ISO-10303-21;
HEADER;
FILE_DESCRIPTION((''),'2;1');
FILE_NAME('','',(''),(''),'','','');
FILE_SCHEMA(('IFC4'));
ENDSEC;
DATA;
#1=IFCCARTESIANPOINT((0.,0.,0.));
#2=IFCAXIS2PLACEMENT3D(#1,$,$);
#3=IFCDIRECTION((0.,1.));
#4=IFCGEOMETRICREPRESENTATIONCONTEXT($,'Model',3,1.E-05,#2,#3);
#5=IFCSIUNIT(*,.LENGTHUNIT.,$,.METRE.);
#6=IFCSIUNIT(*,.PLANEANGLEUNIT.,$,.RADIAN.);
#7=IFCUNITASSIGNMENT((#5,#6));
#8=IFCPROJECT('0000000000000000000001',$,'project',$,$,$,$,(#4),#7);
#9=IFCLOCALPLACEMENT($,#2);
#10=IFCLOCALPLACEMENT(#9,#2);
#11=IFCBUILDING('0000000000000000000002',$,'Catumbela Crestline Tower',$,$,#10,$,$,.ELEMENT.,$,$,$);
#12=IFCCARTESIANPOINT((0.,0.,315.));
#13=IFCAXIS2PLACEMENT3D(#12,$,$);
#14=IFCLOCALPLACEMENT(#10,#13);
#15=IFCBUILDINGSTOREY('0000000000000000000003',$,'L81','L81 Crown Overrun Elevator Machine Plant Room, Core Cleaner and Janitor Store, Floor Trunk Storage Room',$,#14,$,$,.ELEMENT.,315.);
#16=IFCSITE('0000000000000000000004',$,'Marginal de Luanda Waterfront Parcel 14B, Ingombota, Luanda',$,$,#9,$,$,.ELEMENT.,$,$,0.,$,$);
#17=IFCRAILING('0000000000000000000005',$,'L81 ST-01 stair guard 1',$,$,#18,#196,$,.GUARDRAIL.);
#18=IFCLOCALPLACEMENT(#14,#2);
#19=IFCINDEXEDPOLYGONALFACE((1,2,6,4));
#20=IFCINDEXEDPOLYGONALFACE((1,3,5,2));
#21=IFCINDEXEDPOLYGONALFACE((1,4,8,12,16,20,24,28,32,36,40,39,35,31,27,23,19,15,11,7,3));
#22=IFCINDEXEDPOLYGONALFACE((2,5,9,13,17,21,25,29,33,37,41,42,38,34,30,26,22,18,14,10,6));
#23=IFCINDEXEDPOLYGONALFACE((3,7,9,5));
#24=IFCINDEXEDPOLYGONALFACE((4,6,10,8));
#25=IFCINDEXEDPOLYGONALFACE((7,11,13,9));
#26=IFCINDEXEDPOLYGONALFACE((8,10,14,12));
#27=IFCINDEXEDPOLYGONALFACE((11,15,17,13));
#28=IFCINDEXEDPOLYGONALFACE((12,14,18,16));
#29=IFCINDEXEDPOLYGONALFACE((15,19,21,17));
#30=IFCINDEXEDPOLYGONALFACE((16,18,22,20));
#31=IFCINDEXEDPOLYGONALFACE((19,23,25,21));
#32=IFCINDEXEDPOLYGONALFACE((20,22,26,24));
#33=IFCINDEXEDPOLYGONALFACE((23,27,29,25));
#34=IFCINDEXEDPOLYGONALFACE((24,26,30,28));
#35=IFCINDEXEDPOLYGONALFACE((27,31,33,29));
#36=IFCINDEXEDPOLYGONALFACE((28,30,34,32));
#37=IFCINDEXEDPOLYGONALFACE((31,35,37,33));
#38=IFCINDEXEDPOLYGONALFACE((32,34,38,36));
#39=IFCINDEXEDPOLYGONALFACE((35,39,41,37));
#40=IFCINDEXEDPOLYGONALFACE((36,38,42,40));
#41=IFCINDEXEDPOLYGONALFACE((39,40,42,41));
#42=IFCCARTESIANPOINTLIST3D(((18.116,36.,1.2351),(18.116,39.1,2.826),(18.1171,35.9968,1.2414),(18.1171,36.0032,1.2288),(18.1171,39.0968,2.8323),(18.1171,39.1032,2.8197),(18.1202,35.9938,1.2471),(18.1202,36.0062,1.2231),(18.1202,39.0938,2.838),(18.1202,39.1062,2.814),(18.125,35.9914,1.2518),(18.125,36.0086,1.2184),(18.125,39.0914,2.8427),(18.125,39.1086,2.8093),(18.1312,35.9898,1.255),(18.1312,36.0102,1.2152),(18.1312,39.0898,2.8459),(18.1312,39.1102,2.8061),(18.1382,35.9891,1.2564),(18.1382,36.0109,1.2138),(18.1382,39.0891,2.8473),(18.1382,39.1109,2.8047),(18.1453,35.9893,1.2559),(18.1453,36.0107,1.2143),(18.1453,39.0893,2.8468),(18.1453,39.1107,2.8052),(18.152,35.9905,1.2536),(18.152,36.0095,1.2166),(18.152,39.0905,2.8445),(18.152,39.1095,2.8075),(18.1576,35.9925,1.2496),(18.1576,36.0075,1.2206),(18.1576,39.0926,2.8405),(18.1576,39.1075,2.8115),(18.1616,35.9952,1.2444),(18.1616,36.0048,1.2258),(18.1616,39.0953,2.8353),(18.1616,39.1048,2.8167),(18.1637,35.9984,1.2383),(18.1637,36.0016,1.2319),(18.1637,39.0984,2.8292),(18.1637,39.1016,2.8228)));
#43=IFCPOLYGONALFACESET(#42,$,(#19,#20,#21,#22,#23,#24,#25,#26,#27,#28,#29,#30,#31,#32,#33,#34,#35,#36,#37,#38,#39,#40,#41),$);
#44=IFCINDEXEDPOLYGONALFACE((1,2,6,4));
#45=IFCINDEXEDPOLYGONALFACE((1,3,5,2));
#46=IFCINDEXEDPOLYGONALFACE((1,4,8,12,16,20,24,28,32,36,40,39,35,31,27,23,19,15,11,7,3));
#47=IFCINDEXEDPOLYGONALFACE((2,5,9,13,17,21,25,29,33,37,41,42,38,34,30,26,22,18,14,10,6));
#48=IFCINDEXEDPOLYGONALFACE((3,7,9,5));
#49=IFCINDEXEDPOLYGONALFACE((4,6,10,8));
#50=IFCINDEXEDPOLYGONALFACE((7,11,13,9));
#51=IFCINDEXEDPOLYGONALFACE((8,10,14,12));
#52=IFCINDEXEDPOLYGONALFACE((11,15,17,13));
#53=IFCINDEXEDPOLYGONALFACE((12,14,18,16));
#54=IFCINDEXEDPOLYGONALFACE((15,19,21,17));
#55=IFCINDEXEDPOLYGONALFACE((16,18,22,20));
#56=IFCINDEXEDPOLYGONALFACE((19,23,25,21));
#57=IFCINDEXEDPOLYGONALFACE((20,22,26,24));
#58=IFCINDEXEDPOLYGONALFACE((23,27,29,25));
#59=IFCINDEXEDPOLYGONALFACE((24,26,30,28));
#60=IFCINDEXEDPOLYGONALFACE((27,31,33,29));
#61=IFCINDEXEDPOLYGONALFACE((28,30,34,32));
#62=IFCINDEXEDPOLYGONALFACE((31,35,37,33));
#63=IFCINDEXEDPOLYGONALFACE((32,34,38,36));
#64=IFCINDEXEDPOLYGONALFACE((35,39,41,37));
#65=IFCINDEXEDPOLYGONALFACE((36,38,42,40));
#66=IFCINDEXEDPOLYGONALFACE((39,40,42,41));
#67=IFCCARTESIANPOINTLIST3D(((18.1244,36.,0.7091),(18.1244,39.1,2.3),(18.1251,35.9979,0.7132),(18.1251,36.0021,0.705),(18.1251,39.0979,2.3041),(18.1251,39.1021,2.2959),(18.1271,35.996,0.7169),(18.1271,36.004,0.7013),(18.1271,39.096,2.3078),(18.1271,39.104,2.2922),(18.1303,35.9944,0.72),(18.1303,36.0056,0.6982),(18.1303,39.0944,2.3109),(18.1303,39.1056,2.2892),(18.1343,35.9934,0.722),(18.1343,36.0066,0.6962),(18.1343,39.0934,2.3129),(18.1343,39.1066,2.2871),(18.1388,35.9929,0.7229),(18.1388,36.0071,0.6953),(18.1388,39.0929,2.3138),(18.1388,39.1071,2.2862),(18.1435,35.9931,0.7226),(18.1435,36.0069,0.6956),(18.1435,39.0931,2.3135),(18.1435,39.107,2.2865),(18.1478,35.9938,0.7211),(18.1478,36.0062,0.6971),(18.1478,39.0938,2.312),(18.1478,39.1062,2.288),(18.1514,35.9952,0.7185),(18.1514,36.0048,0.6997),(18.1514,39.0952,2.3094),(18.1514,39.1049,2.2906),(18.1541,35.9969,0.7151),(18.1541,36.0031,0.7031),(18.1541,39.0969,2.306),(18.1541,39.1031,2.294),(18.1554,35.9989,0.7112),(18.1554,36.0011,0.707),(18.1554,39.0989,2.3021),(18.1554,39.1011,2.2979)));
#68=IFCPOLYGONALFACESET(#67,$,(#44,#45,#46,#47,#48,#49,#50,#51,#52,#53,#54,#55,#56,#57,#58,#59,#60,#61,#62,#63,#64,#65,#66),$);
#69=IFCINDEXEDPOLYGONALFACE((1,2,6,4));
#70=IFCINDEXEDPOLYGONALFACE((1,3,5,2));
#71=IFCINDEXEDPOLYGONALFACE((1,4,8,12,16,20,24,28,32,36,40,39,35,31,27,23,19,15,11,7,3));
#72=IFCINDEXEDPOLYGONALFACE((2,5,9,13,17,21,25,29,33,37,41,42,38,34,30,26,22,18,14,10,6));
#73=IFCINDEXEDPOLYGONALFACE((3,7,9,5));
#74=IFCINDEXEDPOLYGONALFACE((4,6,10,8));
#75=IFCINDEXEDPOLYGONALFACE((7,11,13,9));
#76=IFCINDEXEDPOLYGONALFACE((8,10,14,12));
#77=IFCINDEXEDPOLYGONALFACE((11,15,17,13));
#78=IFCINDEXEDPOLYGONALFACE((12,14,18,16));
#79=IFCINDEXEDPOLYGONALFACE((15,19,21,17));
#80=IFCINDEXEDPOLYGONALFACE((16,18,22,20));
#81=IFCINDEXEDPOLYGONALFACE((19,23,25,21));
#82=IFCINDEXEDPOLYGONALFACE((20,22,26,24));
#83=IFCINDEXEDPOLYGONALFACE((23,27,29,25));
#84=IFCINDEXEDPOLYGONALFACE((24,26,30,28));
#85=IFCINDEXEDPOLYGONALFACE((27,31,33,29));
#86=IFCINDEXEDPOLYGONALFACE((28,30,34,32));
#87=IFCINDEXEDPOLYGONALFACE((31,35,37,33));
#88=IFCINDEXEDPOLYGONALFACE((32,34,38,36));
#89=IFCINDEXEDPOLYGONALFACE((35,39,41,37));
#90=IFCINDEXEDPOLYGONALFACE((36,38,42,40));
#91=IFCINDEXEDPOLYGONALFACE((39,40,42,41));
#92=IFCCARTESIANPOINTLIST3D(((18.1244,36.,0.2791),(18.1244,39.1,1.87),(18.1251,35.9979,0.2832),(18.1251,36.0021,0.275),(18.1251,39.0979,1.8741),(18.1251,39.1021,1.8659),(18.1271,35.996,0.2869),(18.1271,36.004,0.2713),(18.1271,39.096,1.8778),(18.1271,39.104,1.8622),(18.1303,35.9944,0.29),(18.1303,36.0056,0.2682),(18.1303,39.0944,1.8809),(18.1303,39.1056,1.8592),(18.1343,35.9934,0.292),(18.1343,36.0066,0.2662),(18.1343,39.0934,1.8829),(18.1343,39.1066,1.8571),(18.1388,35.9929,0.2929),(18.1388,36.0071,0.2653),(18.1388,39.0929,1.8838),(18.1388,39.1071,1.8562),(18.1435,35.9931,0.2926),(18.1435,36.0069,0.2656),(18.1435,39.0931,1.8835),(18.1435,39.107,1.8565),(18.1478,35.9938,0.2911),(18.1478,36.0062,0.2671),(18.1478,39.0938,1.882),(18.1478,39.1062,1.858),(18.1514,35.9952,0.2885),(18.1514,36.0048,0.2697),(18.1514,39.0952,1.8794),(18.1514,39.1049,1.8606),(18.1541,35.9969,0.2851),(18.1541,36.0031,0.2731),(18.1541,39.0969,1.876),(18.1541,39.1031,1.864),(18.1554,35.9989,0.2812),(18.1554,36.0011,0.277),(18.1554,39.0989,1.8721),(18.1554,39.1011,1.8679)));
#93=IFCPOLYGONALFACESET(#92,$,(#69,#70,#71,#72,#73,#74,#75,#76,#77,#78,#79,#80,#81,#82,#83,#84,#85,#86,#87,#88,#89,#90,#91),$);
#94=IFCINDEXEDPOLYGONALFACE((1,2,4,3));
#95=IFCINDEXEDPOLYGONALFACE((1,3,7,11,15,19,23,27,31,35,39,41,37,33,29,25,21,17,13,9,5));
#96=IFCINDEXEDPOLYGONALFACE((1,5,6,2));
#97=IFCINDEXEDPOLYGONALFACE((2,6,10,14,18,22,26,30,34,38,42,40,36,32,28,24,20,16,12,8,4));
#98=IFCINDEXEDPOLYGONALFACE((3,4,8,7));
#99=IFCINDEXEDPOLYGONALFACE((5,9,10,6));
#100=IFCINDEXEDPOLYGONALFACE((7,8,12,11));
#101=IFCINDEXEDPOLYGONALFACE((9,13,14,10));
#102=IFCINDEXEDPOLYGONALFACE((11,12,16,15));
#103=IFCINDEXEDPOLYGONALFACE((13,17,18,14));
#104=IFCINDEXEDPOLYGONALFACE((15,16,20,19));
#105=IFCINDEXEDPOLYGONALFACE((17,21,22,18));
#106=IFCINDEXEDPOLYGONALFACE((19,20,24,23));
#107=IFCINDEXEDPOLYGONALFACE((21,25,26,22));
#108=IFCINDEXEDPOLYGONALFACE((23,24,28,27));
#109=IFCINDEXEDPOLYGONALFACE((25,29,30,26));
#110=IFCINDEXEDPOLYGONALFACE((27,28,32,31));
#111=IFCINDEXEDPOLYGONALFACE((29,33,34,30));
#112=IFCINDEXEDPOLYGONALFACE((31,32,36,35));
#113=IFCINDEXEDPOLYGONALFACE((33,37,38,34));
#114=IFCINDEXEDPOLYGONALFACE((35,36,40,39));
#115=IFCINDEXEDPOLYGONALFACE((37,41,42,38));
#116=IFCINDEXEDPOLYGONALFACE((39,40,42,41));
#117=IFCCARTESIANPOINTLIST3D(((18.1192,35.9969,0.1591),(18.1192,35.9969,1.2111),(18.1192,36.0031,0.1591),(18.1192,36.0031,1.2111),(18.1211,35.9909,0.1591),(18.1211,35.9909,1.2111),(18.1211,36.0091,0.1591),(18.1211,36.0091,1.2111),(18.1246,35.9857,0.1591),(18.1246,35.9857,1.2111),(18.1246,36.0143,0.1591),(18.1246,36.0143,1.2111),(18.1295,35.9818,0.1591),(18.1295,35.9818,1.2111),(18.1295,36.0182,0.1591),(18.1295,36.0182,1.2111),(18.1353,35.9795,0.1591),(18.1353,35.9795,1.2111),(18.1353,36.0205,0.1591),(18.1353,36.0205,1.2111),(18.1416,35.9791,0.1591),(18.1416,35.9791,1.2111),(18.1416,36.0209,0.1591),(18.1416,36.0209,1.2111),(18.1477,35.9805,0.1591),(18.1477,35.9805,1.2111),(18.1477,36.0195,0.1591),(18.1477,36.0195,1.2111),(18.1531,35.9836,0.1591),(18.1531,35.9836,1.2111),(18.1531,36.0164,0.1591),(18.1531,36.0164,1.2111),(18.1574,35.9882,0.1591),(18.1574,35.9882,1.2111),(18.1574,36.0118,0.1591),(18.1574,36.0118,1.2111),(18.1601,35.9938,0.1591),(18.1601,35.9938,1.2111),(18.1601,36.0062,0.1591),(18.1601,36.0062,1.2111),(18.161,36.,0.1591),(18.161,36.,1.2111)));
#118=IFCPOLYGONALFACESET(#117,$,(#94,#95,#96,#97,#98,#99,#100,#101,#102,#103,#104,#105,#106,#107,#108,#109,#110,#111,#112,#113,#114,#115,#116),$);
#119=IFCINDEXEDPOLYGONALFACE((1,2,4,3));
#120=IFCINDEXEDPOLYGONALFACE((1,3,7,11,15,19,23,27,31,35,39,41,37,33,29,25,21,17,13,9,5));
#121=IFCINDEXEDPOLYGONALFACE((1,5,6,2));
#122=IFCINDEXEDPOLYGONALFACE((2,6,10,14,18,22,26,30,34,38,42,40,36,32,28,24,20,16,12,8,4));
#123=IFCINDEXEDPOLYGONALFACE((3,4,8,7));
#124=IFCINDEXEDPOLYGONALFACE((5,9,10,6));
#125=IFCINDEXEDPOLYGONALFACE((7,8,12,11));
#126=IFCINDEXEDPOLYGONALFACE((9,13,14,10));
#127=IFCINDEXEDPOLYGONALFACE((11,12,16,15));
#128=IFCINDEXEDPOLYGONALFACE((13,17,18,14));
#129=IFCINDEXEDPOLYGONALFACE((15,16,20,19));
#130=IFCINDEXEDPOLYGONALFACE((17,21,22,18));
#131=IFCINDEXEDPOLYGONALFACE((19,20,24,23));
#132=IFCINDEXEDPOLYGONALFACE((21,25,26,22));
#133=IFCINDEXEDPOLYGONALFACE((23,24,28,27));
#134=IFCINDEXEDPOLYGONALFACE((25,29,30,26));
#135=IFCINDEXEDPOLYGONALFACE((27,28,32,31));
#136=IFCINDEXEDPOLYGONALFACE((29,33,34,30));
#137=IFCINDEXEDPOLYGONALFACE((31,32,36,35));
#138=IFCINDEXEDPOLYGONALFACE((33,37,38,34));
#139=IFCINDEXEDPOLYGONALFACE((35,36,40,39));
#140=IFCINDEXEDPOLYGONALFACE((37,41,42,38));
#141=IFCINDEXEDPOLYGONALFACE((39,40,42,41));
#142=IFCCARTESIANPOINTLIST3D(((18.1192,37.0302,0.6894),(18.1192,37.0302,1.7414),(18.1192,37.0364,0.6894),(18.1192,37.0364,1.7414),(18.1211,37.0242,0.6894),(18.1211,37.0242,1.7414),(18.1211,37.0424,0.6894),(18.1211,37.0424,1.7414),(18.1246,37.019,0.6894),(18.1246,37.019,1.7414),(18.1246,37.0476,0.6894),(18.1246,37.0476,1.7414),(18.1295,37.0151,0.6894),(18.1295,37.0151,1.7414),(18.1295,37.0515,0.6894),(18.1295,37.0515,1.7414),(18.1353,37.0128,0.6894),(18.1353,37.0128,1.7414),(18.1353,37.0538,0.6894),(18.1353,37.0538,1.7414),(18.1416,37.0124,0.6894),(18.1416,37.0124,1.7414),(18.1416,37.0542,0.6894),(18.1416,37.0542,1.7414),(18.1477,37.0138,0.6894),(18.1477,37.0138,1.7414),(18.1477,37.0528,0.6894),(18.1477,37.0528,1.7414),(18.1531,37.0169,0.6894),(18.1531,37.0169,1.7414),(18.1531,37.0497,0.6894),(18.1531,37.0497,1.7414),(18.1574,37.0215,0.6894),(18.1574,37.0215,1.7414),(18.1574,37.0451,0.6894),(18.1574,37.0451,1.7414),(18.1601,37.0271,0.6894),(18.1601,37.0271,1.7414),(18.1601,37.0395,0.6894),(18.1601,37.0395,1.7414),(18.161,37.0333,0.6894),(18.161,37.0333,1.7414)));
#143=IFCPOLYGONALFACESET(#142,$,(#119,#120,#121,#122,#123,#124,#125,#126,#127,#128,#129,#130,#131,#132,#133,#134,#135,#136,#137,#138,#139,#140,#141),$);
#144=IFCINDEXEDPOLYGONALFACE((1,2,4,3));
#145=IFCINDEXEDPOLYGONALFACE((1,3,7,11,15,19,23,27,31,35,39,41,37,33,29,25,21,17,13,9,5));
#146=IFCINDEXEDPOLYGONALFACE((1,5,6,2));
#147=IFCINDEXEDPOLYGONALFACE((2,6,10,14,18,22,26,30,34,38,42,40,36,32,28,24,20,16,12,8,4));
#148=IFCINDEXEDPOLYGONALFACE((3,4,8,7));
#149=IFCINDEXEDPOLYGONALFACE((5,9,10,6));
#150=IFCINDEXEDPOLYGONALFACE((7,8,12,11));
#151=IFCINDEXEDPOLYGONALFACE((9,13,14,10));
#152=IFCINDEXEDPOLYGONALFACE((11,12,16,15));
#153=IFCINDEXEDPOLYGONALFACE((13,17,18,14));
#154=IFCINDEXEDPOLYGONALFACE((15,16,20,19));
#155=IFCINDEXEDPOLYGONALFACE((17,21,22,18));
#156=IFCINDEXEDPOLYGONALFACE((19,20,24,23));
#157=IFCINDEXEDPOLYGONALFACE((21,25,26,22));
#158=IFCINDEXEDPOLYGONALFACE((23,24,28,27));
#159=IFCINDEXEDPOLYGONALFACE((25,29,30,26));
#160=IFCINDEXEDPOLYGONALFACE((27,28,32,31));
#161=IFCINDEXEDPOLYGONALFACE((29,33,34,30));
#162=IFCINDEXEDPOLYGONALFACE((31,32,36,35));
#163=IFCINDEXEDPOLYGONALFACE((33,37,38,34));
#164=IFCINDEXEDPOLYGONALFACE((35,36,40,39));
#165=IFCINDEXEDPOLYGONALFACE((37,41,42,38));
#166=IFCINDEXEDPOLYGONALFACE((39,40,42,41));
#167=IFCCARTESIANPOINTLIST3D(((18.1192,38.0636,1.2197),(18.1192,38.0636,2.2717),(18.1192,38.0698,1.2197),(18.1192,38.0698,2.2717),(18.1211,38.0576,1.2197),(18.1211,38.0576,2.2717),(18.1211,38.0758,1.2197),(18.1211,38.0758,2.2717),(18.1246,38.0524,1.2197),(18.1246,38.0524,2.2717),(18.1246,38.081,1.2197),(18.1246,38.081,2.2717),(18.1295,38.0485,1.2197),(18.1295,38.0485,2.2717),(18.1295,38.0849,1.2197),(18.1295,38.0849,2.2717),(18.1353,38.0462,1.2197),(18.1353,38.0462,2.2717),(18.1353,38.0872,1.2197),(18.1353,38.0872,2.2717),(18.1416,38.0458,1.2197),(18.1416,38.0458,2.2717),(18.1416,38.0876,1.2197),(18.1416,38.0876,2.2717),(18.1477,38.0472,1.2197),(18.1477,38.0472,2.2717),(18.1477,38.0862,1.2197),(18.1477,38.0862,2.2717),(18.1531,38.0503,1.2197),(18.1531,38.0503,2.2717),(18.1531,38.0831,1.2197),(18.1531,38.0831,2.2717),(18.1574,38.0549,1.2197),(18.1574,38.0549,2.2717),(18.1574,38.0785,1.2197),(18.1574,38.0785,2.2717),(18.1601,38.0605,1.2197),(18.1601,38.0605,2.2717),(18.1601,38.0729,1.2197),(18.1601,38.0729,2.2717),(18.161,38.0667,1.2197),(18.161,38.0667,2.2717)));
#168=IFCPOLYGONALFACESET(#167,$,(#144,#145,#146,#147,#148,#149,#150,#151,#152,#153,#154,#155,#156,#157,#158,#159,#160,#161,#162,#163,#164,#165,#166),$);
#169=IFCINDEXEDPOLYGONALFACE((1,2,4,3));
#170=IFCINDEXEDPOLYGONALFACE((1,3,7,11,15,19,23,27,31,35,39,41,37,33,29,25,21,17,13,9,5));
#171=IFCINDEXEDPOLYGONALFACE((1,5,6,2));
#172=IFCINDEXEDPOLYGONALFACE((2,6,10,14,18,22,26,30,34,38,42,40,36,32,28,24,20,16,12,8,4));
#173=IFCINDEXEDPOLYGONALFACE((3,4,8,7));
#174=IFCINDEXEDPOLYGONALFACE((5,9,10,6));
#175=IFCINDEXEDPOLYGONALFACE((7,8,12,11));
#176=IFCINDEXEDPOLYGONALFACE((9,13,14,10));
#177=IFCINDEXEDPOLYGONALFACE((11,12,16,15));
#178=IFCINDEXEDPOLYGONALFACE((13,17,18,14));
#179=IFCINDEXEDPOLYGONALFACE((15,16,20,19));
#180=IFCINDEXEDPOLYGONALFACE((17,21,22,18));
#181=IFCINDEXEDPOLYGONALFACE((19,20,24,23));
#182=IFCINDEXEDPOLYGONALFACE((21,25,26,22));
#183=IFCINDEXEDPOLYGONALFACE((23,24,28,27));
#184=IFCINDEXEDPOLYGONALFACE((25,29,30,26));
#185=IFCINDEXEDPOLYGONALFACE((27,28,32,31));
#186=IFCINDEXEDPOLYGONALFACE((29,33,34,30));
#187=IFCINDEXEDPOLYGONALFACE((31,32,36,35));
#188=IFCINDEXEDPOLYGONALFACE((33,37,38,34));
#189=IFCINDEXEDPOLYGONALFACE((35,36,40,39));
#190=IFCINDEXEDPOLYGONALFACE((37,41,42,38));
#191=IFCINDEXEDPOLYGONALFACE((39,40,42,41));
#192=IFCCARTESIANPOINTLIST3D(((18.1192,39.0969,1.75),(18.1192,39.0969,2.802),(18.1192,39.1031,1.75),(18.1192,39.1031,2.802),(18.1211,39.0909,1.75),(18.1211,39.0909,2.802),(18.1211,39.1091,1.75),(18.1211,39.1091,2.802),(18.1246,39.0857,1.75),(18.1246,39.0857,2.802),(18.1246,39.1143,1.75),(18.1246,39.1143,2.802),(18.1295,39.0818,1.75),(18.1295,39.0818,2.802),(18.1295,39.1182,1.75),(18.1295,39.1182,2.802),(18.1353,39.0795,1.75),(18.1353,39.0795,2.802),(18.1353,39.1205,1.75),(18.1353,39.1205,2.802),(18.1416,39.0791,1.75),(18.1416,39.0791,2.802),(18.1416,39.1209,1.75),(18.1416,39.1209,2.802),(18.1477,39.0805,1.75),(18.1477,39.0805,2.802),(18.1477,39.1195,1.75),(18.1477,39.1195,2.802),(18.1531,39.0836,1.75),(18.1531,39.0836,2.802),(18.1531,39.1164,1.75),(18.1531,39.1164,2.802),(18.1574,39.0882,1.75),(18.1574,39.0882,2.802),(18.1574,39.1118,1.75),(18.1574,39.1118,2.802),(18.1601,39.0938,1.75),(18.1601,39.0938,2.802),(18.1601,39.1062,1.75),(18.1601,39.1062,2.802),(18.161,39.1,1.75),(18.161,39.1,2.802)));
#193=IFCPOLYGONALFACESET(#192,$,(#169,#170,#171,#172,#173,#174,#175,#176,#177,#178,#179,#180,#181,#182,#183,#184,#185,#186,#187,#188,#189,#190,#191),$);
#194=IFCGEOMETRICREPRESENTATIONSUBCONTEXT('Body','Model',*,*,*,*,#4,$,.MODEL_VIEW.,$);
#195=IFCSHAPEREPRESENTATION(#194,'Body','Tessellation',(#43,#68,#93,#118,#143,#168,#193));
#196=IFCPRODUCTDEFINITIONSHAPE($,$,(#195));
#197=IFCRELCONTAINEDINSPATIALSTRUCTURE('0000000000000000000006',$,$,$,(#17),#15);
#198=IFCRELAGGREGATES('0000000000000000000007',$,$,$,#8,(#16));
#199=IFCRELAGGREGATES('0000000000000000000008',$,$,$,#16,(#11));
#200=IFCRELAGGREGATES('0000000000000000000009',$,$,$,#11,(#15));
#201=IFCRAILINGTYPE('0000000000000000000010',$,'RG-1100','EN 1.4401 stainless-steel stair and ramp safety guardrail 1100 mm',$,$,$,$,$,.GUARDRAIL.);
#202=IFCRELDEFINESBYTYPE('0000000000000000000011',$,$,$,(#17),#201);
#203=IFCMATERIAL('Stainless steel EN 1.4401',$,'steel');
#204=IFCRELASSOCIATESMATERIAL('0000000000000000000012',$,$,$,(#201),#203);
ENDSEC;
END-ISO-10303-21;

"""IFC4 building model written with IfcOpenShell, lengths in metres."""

from ifc_helpers import new_model, si_unit, direction, frame, origin, origin_2d, place, context, subcontext, project, spatial, circle, extrude, material, type_object, element, save


model = new_model("IFC4")

# Units and contexts
model_context = context("Model", 3, precision=1e-05, world=origin(), true_north=direction((0.0, 1.0)))
body_context = subcontext(model_context, "Body", "Model", "MODEL_VIEW")
ifc_project = project(units=[si_unit("LENGTHUNIT", "METRE"), si_unit("PLANEANGLEUNIT", "RADIAN")], contexts=[model_context])

# Site, building, storey
site_placement = place(None, origin())
site = spatial("IfcSite", under=ifc_project, at=site_placement, Name="Marginal de Luanda Waterfront Parcel 14B, Ingombota, Luanda", CompositionType="ELEMENT", RefElevation=0.0)
building_placement = place(site_placement, origin())
building = spatial("IfcBuilding", under=site, at=building_placement, Name="Catumbela Crestline Tower", CompositionType="ELEMENT")
storey_placement = place(building_placement, frame((0.0, 0.0, 315.0)))
storey = spatial("IfcBuildingStorey", under=building, at=storey_placement, Name="L81", Description="L81 Crown Overrun Elevator Machine Plant Room, Core Cleaner and Janitor Store, Floor Trunk Storage Room", CompositionType="ELEMENT", Elevation=315.0)

# Shared definitions
ifc_material_1 = material(Name="Stainless steel EN 1.4401", Category="steel")

# Railing
railing_type_1 = type_object("IfcRailingType", Name="RG-1100", Description="EN 1.4401 stainless-steel stair and ramp safety guardrail 1100 mm", PredefinedType="GUARDRAIL", material=ifc_material_1)
railing_1_placement = place(storey_placement, frame((18.14, 36.0, 0.1591)))
element("IfcRailing", 1, at=railing_1_placement, inside=storey, type_object=railing_type_1, Name="L81 ST-01 stair guard 1", PredefinedType="GUARDRAIL", context=body_context, shape_type="SweptSolid", body=[
    extrude(circle(Radius=0.024, at=origin_2d()), frame((0.0, 0.0, 1.076), z_axis=(0.0, 0.889683, 0.456579), x_axis=(-1.0, 0.0, 0.0)), (0.0, 0.0, 1.0), 3.4844),
    extrude(circle(Radius=0.0156, at=origin_2d()), frame((0.0, 0.0, 0.55), z_axis=(0.0, 0.889683, 0.456579), x_axis=(-1.0, 0.0, 0.0)), (0.0, 0.0, 1.0), 3.4844),
    extrude(circle(Radius=0.0156, at=origin_2d()), frame((0.0, 0.0, 0.12), z_axis=(0.0, 0.889683, 0.456579), x_axis=(-1.0, 0.0, 0.0)), (0.0, 0.0, 1.0), 3.4844),
    extrude(circle(Radius=0.021, at=origin_2d()), origin(), (0.0, 0.0, 1.0), 1.052),
    extrude(circle(Radius=0.021, at=origin_2d()), frame((0.0, 1.0333, 0.5303)), (0.0, 0.0, 1.0), 1.052),
    extrude(circle(Radius=0.021, at=origin_2d()), frame((0.0, 2.0667, 1.0606)), (0.0, 0.0, 1.0), 1.052),
    extrude(circle(Radius=0.021, at=origin_2d()), frame((0.0, 3.1, 1.5909)), (0.0, 0.0, 1.0), 1.052),
])

save(model, "model.ifc")
